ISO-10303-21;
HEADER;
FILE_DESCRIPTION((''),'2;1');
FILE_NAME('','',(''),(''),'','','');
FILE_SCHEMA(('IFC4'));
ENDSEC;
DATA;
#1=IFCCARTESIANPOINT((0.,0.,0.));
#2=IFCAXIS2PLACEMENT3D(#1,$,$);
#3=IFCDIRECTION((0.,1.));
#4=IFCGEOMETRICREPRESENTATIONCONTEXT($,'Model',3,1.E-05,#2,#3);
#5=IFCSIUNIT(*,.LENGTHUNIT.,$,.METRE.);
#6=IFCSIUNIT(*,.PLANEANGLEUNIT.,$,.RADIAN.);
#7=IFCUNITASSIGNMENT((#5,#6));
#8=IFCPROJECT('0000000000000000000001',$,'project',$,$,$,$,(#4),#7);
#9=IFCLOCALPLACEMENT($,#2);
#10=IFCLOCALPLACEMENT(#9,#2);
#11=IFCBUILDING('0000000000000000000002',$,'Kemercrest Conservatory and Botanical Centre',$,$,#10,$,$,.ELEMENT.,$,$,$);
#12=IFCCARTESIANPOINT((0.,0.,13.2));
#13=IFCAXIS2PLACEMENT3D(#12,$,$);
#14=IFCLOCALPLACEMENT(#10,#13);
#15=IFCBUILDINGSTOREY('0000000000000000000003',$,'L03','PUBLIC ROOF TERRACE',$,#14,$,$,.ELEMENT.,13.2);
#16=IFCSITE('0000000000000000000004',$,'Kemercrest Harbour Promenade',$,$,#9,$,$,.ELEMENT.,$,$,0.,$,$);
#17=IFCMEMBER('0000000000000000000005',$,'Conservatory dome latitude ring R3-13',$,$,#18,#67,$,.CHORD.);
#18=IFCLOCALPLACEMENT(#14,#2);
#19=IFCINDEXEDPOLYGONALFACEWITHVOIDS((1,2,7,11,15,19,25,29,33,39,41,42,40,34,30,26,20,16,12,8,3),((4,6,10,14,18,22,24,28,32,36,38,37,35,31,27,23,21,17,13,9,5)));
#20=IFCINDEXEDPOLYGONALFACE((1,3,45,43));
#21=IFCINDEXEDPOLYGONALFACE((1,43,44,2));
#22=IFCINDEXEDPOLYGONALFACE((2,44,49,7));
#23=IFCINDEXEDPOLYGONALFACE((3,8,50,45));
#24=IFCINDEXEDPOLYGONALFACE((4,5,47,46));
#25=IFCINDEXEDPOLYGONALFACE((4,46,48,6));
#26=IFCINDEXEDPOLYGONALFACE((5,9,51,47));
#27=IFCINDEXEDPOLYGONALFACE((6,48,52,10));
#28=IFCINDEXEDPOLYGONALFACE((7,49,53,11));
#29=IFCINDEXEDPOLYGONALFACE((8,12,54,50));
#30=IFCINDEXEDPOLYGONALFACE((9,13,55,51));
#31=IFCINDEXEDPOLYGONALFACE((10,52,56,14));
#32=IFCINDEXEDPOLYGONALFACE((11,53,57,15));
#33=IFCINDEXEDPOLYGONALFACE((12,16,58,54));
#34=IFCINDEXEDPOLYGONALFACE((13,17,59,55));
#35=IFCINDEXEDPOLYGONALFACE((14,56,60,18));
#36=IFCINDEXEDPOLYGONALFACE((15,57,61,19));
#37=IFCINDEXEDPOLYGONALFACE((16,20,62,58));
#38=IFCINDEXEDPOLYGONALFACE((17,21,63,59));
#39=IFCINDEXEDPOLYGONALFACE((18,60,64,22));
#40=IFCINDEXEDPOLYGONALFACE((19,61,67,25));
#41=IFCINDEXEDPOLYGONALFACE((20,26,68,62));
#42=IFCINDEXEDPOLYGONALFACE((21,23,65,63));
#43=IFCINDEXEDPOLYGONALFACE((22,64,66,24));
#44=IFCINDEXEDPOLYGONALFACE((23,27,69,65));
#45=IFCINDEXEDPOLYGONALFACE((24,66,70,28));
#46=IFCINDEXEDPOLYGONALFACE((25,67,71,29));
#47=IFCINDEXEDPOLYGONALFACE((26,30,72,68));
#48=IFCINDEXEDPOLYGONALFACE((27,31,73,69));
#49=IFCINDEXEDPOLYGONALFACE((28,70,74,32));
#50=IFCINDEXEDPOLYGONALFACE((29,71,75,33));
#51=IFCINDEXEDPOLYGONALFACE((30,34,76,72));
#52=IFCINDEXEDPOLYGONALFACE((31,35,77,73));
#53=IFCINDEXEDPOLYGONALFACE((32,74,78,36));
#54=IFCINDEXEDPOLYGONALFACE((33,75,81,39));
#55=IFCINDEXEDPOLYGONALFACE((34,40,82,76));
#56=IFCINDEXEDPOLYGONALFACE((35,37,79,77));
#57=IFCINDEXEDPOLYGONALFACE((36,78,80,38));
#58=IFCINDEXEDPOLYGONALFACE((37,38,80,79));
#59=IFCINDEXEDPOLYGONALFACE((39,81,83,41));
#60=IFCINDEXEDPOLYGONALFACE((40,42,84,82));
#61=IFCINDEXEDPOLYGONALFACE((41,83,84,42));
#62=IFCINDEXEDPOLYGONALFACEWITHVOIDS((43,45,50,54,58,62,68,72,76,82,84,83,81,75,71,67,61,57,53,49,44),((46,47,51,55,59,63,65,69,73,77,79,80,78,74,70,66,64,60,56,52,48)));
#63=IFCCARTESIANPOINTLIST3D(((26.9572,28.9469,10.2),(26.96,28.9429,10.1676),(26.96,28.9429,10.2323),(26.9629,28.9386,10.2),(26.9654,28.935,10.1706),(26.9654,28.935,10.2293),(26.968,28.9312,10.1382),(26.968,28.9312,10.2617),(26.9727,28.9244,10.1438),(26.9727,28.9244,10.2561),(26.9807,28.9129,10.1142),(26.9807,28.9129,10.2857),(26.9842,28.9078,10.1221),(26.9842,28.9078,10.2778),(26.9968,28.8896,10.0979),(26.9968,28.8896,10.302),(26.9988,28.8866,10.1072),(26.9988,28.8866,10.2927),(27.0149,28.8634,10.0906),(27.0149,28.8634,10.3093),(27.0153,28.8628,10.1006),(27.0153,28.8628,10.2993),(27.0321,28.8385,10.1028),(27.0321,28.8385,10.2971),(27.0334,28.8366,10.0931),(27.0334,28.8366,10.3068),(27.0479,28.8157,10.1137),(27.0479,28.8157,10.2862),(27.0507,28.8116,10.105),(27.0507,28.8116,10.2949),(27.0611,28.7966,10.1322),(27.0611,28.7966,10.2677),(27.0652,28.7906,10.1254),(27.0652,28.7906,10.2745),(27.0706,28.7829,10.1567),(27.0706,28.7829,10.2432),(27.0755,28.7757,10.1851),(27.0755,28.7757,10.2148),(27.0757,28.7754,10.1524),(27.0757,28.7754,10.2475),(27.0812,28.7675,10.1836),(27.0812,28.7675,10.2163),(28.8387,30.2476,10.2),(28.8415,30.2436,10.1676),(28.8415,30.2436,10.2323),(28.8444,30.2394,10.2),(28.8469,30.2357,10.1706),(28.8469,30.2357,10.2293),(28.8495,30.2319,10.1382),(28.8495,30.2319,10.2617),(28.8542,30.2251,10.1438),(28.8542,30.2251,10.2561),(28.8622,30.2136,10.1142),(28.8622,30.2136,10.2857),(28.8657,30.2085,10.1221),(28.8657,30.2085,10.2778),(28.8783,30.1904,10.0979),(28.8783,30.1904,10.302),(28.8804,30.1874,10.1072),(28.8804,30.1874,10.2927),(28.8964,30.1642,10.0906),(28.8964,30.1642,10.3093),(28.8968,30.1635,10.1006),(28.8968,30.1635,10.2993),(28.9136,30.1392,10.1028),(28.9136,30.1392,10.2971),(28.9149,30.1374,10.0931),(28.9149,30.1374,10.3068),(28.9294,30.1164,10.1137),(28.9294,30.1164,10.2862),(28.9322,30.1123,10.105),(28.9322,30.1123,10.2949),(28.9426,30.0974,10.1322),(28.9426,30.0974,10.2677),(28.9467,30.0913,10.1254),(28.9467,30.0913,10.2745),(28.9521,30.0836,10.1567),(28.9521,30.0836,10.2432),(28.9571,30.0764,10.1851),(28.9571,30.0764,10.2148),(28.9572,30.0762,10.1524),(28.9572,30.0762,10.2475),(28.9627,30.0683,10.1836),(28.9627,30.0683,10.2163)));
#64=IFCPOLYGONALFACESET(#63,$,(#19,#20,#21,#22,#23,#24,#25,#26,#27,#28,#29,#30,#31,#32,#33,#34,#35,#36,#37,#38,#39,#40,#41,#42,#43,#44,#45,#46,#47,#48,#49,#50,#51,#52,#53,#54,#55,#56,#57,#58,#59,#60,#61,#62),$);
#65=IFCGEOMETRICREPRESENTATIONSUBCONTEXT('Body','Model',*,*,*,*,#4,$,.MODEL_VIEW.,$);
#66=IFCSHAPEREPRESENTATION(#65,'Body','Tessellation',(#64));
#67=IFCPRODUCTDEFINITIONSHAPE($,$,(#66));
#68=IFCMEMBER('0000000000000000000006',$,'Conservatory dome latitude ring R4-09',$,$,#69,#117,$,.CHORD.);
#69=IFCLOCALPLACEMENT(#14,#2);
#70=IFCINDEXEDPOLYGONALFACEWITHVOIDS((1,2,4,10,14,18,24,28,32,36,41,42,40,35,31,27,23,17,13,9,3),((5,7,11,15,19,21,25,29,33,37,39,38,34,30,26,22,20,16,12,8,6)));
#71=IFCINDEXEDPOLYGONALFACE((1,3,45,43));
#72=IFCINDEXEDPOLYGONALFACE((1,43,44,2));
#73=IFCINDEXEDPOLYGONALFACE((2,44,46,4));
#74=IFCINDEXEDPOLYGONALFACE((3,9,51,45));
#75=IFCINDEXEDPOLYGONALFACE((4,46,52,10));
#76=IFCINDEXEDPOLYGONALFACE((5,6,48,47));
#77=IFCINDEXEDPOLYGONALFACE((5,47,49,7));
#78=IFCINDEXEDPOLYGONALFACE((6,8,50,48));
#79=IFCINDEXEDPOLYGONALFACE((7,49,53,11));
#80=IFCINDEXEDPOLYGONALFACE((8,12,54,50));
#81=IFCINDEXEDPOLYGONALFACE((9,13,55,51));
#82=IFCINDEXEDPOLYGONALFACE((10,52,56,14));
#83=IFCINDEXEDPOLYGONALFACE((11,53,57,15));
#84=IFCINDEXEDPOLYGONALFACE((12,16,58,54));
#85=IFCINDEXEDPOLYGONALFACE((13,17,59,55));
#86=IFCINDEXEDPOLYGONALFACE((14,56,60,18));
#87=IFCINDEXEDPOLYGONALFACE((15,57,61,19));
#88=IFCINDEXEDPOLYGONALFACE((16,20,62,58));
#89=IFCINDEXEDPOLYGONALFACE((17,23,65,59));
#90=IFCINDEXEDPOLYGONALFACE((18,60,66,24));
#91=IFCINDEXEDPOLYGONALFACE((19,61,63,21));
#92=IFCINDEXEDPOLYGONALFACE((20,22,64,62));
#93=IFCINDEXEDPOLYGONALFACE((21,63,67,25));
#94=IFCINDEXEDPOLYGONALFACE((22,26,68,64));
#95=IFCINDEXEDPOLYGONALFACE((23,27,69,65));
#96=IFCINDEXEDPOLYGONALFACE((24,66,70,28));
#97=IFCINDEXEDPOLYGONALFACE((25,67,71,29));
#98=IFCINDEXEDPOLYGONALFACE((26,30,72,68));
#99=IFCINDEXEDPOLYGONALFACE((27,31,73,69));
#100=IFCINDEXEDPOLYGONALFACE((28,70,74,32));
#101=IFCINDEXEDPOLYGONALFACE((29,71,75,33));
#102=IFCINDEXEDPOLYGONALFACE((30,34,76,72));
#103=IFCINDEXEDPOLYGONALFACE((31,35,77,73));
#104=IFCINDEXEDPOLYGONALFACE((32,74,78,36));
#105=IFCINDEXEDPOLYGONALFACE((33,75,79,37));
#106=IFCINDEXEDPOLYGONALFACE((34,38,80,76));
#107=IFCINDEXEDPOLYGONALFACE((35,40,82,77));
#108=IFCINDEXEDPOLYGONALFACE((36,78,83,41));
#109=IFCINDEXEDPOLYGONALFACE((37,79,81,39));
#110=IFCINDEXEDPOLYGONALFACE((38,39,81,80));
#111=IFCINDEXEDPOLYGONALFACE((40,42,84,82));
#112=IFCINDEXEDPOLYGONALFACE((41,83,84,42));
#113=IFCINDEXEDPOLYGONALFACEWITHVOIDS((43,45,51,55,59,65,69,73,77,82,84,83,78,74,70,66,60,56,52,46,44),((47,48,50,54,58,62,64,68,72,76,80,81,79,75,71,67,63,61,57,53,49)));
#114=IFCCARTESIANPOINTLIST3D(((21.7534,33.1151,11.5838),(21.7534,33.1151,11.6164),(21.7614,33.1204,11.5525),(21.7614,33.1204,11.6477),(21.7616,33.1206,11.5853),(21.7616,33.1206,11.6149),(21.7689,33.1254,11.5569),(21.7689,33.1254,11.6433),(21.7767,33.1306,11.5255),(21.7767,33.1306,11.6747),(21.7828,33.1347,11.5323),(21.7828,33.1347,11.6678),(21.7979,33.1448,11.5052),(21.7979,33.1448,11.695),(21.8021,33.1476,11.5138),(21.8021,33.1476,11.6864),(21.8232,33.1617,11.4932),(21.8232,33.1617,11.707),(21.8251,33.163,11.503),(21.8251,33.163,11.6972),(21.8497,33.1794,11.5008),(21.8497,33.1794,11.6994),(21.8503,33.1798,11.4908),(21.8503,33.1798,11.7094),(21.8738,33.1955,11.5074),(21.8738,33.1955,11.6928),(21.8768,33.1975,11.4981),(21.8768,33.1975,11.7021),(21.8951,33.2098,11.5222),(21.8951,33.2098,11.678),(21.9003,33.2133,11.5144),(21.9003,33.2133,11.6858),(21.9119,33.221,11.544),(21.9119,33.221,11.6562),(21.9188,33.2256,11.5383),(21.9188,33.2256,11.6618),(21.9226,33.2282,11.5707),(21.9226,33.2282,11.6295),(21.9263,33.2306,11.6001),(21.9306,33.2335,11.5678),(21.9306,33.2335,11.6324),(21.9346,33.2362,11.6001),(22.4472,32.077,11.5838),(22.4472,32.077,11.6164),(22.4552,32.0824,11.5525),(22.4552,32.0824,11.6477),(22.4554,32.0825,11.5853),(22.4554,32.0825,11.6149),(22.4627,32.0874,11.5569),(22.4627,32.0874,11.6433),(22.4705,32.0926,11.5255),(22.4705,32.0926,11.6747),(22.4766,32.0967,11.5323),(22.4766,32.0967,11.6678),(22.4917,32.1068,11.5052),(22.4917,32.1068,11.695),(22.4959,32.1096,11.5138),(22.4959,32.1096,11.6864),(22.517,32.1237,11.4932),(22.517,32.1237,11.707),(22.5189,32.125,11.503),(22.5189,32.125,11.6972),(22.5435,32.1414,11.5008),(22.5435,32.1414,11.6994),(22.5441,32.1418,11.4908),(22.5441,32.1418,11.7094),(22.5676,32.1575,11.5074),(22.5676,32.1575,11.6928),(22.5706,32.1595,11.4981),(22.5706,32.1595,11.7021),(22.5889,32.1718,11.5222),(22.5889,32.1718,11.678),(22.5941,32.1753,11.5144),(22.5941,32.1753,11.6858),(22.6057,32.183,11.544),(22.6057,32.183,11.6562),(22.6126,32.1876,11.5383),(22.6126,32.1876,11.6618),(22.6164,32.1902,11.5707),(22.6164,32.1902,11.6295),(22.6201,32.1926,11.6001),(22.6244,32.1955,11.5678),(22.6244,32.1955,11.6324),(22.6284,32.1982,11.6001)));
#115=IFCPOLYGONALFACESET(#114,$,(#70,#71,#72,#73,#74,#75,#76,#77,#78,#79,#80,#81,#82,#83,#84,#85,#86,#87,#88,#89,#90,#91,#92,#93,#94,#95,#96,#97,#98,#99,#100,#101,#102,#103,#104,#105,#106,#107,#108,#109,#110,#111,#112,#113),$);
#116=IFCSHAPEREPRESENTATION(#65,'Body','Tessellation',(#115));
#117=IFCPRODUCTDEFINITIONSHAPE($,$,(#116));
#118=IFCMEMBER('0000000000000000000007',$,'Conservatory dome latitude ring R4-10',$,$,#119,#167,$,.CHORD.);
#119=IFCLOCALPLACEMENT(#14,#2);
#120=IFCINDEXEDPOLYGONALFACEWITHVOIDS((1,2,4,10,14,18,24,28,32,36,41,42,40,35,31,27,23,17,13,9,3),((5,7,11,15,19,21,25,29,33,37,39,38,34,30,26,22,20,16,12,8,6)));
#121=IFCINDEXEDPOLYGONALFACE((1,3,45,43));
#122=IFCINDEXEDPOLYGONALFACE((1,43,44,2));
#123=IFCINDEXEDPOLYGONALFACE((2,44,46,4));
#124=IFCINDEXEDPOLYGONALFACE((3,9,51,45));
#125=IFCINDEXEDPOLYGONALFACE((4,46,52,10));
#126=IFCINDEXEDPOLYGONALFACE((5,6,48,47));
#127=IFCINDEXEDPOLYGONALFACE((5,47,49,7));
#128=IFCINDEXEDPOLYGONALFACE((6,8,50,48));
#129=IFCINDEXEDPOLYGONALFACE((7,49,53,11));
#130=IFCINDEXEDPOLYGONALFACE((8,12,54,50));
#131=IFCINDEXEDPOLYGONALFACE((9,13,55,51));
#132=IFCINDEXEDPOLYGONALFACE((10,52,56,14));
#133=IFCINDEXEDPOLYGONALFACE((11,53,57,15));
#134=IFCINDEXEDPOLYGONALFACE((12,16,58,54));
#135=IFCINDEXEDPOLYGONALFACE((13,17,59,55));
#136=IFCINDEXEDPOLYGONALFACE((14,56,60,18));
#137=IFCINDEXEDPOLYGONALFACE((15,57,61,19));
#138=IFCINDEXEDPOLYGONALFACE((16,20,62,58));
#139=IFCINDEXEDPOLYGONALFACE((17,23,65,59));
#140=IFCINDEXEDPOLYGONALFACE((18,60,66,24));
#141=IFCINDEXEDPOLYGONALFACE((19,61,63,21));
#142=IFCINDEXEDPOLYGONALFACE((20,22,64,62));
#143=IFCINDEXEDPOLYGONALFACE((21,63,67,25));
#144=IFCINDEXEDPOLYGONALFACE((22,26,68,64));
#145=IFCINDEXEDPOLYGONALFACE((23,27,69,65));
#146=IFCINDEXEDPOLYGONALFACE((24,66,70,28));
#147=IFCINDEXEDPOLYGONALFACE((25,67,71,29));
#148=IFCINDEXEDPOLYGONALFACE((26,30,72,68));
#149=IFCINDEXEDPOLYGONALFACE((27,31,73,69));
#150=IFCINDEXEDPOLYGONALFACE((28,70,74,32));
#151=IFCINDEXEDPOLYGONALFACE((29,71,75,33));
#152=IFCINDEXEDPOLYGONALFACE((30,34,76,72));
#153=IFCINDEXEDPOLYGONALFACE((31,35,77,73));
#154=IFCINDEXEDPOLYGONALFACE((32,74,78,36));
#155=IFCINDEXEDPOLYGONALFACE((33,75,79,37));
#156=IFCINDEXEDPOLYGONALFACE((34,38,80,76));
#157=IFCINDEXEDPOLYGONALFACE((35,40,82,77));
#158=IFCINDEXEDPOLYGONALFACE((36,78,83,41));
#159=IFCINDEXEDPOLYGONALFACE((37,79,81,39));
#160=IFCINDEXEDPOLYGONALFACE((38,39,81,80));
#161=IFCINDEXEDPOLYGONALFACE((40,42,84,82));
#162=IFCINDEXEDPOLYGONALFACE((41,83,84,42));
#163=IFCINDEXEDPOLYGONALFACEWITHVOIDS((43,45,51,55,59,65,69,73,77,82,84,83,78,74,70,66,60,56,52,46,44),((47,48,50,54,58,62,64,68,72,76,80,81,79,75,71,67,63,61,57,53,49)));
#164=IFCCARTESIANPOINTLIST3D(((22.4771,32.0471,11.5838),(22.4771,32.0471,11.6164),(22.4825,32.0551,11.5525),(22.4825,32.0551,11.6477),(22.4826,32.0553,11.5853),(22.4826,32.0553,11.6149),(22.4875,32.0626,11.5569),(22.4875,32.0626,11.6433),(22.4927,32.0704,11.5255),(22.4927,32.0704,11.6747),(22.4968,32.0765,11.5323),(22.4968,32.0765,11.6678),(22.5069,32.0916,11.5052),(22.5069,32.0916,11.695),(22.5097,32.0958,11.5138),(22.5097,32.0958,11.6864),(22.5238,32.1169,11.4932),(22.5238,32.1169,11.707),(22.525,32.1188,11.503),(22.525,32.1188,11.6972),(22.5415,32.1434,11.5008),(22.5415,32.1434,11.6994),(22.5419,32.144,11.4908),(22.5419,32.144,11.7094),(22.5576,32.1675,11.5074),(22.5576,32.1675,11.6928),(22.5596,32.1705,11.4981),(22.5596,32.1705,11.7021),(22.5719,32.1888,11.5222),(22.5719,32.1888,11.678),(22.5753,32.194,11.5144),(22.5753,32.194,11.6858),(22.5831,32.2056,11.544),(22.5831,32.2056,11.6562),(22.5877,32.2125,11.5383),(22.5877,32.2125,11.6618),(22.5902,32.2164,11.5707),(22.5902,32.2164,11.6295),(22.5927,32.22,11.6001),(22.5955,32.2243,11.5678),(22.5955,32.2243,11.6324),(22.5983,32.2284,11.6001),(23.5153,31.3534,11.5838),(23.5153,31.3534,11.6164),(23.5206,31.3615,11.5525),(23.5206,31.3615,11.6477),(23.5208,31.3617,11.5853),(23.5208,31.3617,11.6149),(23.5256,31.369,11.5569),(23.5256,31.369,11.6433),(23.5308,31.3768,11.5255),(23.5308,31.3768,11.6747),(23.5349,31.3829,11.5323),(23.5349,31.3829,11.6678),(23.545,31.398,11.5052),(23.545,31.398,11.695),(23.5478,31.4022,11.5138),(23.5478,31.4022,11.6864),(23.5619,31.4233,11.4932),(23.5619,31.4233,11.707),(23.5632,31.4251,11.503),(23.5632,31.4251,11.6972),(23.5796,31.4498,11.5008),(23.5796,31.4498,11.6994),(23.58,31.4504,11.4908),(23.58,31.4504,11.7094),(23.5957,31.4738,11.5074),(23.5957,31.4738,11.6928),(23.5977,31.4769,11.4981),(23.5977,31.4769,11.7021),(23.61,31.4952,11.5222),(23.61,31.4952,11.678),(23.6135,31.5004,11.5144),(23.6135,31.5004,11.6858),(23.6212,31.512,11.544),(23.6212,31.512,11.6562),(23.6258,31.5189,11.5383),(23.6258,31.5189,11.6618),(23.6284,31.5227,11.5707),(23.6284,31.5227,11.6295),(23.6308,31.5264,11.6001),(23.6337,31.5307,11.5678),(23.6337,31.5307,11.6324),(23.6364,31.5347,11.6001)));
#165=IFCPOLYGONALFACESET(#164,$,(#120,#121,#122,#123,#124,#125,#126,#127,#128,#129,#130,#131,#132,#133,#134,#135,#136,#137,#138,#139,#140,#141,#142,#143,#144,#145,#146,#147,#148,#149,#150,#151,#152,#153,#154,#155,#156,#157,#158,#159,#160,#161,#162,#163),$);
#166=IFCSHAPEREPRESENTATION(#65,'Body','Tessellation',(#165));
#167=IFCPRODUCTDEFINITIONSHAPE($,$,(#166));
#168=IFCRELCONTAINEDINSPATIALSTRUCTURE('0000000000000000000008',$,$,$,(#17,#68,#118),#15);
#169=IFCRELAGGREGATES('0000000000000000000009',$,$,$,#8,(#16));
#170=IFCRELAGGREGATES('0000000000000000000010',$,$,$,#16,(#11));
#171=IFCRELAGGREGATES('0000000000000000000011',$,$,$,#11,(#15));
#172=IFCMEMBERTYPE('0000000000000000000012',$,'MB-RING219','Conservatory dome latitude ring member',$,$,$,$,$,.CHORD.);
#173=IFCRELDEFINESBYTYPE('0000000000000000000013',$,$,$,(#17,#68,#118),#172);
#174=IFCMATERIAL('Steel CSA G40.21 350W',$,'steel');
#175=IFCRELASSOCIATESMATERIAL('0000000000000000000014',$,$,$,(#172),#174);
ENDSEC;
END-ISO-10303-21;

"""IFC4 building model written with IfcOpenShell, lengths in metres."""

from ifc_helpers import new_model, si_unit, direction, frame, origin, origin_2d, place, context, subcontext, project, spatial, hollow_circle, extrude, material, material_profile, profile_set, type_object, element, save


model = new_model("IFC4")

# Units and contexts
model_context = context("Model", 3, precision=1e-05, world=origin(), true_north=direction((0.0, 1.0)))
body_context = subcontext(model_context, "Body", "Model", "MODEL_VIEW")
ifc_project = project(units=[si_unit("LENGTHUNIT", "METRE"), si_unit("PLANEANGLEUNIT", "RADIAN")], contexts=[model_context])

# Site, building, storey
site_placement = place(None, origin())
site = spatial("IfcSite", under=ifc_project, at=site_placement, Name="Kemercrest Harbour Promenade", CompositionType="ELEMENT", RefElevation=0.0)
building_placement = place(site_placement, origin())
building = spatial("IfcBuilding", under=site, at=building_placement, Name="Kemercrest Conservatory and Botanical Centre", CompositionType="ELEMENT")
storey_placement = place(building_placement, frame((0.0, 0.0, 13.2)))
storey = spatial("IfcBuildingStorey", under=building, at=storey_placement, Name="L03", Description="PUBLIC ROOF TERRACE", CompositionType="ELEMENT", Elevation=13.2)

# Shared definitions
ifc_material_1 = material(Name="Steel CSA G40.21 350W", Category="steel")

# Members
ifc_material_profile_1 = material_profile(ifc_material_1, hollow_circle(Radius=0.1096, WallThickness=0.01, at=origin_2d()), Name="CHS 219.1x10.0")
ifc_profile_set_1 = profile_set([ifc_material_profile_1], Name="Steel CSA G40.21 350W")
member_type_1 = type_object("IfcMemberType", Name="MB-RING219", Description="Conservatory dome latitude ring member", PredefinedType="CHORD", material=ifc_profile_set_1)
for number, where, z_axis, x_axis, name in (
    (1, (27.0195, 28.8567, 10.2), (0.822572, 0.56866, 0.0), (-0.56866, 0.822572, 0.0), "Conservatory dome latitude ring R3-13"),
):
    element("IfcMember", number, at=place(storey_placement, frame(where, z_axis=z_axis, x_axis=x_axis)), inside=storey, type_object=member_type_1, Name=name, PredefinedType="CHORD", context=body_context, shape_type="SweptSolid", body=[
        extrude(hollow_circle(Radius=0.1096, WallThickness=0.01, at=origin_2d()), origin(), (0.0, 0.0, 1.0), 2.2874),
    ])
for number, where, z_axis, x_axis, name in (
    (2, (21.8435, 33.1753, 11.6001), (0.555692, -0.831388, 0.0), (0.831388, 0.555692, 0.0), "Conservatory dome latitude ring R4-09"),
    (3, (22.5374, 32.1372, 11.6001), (0.831478, -0.555557, 0.0), (0.555557, 0.831478, 0.0), "Conservatory dome latitude ring R4-10"),
):
    element("IfcMember", number, at=place(storey_placement, frame(where, z_axis=z_axis, x_axis=x_axis)), inside=storey, type_object=member_type_1, Name=name, PredefinedType="CHORD", context=body_context, shape_type="SweptSolid", body=[
        extrude(hollow_circle(Radius=0.1096, WallThickness=0.01, at=origin_2d()), origin(), (0.0, 0.0, 1.0), 1.2485),
    ])

save(model, "model.ifc")
